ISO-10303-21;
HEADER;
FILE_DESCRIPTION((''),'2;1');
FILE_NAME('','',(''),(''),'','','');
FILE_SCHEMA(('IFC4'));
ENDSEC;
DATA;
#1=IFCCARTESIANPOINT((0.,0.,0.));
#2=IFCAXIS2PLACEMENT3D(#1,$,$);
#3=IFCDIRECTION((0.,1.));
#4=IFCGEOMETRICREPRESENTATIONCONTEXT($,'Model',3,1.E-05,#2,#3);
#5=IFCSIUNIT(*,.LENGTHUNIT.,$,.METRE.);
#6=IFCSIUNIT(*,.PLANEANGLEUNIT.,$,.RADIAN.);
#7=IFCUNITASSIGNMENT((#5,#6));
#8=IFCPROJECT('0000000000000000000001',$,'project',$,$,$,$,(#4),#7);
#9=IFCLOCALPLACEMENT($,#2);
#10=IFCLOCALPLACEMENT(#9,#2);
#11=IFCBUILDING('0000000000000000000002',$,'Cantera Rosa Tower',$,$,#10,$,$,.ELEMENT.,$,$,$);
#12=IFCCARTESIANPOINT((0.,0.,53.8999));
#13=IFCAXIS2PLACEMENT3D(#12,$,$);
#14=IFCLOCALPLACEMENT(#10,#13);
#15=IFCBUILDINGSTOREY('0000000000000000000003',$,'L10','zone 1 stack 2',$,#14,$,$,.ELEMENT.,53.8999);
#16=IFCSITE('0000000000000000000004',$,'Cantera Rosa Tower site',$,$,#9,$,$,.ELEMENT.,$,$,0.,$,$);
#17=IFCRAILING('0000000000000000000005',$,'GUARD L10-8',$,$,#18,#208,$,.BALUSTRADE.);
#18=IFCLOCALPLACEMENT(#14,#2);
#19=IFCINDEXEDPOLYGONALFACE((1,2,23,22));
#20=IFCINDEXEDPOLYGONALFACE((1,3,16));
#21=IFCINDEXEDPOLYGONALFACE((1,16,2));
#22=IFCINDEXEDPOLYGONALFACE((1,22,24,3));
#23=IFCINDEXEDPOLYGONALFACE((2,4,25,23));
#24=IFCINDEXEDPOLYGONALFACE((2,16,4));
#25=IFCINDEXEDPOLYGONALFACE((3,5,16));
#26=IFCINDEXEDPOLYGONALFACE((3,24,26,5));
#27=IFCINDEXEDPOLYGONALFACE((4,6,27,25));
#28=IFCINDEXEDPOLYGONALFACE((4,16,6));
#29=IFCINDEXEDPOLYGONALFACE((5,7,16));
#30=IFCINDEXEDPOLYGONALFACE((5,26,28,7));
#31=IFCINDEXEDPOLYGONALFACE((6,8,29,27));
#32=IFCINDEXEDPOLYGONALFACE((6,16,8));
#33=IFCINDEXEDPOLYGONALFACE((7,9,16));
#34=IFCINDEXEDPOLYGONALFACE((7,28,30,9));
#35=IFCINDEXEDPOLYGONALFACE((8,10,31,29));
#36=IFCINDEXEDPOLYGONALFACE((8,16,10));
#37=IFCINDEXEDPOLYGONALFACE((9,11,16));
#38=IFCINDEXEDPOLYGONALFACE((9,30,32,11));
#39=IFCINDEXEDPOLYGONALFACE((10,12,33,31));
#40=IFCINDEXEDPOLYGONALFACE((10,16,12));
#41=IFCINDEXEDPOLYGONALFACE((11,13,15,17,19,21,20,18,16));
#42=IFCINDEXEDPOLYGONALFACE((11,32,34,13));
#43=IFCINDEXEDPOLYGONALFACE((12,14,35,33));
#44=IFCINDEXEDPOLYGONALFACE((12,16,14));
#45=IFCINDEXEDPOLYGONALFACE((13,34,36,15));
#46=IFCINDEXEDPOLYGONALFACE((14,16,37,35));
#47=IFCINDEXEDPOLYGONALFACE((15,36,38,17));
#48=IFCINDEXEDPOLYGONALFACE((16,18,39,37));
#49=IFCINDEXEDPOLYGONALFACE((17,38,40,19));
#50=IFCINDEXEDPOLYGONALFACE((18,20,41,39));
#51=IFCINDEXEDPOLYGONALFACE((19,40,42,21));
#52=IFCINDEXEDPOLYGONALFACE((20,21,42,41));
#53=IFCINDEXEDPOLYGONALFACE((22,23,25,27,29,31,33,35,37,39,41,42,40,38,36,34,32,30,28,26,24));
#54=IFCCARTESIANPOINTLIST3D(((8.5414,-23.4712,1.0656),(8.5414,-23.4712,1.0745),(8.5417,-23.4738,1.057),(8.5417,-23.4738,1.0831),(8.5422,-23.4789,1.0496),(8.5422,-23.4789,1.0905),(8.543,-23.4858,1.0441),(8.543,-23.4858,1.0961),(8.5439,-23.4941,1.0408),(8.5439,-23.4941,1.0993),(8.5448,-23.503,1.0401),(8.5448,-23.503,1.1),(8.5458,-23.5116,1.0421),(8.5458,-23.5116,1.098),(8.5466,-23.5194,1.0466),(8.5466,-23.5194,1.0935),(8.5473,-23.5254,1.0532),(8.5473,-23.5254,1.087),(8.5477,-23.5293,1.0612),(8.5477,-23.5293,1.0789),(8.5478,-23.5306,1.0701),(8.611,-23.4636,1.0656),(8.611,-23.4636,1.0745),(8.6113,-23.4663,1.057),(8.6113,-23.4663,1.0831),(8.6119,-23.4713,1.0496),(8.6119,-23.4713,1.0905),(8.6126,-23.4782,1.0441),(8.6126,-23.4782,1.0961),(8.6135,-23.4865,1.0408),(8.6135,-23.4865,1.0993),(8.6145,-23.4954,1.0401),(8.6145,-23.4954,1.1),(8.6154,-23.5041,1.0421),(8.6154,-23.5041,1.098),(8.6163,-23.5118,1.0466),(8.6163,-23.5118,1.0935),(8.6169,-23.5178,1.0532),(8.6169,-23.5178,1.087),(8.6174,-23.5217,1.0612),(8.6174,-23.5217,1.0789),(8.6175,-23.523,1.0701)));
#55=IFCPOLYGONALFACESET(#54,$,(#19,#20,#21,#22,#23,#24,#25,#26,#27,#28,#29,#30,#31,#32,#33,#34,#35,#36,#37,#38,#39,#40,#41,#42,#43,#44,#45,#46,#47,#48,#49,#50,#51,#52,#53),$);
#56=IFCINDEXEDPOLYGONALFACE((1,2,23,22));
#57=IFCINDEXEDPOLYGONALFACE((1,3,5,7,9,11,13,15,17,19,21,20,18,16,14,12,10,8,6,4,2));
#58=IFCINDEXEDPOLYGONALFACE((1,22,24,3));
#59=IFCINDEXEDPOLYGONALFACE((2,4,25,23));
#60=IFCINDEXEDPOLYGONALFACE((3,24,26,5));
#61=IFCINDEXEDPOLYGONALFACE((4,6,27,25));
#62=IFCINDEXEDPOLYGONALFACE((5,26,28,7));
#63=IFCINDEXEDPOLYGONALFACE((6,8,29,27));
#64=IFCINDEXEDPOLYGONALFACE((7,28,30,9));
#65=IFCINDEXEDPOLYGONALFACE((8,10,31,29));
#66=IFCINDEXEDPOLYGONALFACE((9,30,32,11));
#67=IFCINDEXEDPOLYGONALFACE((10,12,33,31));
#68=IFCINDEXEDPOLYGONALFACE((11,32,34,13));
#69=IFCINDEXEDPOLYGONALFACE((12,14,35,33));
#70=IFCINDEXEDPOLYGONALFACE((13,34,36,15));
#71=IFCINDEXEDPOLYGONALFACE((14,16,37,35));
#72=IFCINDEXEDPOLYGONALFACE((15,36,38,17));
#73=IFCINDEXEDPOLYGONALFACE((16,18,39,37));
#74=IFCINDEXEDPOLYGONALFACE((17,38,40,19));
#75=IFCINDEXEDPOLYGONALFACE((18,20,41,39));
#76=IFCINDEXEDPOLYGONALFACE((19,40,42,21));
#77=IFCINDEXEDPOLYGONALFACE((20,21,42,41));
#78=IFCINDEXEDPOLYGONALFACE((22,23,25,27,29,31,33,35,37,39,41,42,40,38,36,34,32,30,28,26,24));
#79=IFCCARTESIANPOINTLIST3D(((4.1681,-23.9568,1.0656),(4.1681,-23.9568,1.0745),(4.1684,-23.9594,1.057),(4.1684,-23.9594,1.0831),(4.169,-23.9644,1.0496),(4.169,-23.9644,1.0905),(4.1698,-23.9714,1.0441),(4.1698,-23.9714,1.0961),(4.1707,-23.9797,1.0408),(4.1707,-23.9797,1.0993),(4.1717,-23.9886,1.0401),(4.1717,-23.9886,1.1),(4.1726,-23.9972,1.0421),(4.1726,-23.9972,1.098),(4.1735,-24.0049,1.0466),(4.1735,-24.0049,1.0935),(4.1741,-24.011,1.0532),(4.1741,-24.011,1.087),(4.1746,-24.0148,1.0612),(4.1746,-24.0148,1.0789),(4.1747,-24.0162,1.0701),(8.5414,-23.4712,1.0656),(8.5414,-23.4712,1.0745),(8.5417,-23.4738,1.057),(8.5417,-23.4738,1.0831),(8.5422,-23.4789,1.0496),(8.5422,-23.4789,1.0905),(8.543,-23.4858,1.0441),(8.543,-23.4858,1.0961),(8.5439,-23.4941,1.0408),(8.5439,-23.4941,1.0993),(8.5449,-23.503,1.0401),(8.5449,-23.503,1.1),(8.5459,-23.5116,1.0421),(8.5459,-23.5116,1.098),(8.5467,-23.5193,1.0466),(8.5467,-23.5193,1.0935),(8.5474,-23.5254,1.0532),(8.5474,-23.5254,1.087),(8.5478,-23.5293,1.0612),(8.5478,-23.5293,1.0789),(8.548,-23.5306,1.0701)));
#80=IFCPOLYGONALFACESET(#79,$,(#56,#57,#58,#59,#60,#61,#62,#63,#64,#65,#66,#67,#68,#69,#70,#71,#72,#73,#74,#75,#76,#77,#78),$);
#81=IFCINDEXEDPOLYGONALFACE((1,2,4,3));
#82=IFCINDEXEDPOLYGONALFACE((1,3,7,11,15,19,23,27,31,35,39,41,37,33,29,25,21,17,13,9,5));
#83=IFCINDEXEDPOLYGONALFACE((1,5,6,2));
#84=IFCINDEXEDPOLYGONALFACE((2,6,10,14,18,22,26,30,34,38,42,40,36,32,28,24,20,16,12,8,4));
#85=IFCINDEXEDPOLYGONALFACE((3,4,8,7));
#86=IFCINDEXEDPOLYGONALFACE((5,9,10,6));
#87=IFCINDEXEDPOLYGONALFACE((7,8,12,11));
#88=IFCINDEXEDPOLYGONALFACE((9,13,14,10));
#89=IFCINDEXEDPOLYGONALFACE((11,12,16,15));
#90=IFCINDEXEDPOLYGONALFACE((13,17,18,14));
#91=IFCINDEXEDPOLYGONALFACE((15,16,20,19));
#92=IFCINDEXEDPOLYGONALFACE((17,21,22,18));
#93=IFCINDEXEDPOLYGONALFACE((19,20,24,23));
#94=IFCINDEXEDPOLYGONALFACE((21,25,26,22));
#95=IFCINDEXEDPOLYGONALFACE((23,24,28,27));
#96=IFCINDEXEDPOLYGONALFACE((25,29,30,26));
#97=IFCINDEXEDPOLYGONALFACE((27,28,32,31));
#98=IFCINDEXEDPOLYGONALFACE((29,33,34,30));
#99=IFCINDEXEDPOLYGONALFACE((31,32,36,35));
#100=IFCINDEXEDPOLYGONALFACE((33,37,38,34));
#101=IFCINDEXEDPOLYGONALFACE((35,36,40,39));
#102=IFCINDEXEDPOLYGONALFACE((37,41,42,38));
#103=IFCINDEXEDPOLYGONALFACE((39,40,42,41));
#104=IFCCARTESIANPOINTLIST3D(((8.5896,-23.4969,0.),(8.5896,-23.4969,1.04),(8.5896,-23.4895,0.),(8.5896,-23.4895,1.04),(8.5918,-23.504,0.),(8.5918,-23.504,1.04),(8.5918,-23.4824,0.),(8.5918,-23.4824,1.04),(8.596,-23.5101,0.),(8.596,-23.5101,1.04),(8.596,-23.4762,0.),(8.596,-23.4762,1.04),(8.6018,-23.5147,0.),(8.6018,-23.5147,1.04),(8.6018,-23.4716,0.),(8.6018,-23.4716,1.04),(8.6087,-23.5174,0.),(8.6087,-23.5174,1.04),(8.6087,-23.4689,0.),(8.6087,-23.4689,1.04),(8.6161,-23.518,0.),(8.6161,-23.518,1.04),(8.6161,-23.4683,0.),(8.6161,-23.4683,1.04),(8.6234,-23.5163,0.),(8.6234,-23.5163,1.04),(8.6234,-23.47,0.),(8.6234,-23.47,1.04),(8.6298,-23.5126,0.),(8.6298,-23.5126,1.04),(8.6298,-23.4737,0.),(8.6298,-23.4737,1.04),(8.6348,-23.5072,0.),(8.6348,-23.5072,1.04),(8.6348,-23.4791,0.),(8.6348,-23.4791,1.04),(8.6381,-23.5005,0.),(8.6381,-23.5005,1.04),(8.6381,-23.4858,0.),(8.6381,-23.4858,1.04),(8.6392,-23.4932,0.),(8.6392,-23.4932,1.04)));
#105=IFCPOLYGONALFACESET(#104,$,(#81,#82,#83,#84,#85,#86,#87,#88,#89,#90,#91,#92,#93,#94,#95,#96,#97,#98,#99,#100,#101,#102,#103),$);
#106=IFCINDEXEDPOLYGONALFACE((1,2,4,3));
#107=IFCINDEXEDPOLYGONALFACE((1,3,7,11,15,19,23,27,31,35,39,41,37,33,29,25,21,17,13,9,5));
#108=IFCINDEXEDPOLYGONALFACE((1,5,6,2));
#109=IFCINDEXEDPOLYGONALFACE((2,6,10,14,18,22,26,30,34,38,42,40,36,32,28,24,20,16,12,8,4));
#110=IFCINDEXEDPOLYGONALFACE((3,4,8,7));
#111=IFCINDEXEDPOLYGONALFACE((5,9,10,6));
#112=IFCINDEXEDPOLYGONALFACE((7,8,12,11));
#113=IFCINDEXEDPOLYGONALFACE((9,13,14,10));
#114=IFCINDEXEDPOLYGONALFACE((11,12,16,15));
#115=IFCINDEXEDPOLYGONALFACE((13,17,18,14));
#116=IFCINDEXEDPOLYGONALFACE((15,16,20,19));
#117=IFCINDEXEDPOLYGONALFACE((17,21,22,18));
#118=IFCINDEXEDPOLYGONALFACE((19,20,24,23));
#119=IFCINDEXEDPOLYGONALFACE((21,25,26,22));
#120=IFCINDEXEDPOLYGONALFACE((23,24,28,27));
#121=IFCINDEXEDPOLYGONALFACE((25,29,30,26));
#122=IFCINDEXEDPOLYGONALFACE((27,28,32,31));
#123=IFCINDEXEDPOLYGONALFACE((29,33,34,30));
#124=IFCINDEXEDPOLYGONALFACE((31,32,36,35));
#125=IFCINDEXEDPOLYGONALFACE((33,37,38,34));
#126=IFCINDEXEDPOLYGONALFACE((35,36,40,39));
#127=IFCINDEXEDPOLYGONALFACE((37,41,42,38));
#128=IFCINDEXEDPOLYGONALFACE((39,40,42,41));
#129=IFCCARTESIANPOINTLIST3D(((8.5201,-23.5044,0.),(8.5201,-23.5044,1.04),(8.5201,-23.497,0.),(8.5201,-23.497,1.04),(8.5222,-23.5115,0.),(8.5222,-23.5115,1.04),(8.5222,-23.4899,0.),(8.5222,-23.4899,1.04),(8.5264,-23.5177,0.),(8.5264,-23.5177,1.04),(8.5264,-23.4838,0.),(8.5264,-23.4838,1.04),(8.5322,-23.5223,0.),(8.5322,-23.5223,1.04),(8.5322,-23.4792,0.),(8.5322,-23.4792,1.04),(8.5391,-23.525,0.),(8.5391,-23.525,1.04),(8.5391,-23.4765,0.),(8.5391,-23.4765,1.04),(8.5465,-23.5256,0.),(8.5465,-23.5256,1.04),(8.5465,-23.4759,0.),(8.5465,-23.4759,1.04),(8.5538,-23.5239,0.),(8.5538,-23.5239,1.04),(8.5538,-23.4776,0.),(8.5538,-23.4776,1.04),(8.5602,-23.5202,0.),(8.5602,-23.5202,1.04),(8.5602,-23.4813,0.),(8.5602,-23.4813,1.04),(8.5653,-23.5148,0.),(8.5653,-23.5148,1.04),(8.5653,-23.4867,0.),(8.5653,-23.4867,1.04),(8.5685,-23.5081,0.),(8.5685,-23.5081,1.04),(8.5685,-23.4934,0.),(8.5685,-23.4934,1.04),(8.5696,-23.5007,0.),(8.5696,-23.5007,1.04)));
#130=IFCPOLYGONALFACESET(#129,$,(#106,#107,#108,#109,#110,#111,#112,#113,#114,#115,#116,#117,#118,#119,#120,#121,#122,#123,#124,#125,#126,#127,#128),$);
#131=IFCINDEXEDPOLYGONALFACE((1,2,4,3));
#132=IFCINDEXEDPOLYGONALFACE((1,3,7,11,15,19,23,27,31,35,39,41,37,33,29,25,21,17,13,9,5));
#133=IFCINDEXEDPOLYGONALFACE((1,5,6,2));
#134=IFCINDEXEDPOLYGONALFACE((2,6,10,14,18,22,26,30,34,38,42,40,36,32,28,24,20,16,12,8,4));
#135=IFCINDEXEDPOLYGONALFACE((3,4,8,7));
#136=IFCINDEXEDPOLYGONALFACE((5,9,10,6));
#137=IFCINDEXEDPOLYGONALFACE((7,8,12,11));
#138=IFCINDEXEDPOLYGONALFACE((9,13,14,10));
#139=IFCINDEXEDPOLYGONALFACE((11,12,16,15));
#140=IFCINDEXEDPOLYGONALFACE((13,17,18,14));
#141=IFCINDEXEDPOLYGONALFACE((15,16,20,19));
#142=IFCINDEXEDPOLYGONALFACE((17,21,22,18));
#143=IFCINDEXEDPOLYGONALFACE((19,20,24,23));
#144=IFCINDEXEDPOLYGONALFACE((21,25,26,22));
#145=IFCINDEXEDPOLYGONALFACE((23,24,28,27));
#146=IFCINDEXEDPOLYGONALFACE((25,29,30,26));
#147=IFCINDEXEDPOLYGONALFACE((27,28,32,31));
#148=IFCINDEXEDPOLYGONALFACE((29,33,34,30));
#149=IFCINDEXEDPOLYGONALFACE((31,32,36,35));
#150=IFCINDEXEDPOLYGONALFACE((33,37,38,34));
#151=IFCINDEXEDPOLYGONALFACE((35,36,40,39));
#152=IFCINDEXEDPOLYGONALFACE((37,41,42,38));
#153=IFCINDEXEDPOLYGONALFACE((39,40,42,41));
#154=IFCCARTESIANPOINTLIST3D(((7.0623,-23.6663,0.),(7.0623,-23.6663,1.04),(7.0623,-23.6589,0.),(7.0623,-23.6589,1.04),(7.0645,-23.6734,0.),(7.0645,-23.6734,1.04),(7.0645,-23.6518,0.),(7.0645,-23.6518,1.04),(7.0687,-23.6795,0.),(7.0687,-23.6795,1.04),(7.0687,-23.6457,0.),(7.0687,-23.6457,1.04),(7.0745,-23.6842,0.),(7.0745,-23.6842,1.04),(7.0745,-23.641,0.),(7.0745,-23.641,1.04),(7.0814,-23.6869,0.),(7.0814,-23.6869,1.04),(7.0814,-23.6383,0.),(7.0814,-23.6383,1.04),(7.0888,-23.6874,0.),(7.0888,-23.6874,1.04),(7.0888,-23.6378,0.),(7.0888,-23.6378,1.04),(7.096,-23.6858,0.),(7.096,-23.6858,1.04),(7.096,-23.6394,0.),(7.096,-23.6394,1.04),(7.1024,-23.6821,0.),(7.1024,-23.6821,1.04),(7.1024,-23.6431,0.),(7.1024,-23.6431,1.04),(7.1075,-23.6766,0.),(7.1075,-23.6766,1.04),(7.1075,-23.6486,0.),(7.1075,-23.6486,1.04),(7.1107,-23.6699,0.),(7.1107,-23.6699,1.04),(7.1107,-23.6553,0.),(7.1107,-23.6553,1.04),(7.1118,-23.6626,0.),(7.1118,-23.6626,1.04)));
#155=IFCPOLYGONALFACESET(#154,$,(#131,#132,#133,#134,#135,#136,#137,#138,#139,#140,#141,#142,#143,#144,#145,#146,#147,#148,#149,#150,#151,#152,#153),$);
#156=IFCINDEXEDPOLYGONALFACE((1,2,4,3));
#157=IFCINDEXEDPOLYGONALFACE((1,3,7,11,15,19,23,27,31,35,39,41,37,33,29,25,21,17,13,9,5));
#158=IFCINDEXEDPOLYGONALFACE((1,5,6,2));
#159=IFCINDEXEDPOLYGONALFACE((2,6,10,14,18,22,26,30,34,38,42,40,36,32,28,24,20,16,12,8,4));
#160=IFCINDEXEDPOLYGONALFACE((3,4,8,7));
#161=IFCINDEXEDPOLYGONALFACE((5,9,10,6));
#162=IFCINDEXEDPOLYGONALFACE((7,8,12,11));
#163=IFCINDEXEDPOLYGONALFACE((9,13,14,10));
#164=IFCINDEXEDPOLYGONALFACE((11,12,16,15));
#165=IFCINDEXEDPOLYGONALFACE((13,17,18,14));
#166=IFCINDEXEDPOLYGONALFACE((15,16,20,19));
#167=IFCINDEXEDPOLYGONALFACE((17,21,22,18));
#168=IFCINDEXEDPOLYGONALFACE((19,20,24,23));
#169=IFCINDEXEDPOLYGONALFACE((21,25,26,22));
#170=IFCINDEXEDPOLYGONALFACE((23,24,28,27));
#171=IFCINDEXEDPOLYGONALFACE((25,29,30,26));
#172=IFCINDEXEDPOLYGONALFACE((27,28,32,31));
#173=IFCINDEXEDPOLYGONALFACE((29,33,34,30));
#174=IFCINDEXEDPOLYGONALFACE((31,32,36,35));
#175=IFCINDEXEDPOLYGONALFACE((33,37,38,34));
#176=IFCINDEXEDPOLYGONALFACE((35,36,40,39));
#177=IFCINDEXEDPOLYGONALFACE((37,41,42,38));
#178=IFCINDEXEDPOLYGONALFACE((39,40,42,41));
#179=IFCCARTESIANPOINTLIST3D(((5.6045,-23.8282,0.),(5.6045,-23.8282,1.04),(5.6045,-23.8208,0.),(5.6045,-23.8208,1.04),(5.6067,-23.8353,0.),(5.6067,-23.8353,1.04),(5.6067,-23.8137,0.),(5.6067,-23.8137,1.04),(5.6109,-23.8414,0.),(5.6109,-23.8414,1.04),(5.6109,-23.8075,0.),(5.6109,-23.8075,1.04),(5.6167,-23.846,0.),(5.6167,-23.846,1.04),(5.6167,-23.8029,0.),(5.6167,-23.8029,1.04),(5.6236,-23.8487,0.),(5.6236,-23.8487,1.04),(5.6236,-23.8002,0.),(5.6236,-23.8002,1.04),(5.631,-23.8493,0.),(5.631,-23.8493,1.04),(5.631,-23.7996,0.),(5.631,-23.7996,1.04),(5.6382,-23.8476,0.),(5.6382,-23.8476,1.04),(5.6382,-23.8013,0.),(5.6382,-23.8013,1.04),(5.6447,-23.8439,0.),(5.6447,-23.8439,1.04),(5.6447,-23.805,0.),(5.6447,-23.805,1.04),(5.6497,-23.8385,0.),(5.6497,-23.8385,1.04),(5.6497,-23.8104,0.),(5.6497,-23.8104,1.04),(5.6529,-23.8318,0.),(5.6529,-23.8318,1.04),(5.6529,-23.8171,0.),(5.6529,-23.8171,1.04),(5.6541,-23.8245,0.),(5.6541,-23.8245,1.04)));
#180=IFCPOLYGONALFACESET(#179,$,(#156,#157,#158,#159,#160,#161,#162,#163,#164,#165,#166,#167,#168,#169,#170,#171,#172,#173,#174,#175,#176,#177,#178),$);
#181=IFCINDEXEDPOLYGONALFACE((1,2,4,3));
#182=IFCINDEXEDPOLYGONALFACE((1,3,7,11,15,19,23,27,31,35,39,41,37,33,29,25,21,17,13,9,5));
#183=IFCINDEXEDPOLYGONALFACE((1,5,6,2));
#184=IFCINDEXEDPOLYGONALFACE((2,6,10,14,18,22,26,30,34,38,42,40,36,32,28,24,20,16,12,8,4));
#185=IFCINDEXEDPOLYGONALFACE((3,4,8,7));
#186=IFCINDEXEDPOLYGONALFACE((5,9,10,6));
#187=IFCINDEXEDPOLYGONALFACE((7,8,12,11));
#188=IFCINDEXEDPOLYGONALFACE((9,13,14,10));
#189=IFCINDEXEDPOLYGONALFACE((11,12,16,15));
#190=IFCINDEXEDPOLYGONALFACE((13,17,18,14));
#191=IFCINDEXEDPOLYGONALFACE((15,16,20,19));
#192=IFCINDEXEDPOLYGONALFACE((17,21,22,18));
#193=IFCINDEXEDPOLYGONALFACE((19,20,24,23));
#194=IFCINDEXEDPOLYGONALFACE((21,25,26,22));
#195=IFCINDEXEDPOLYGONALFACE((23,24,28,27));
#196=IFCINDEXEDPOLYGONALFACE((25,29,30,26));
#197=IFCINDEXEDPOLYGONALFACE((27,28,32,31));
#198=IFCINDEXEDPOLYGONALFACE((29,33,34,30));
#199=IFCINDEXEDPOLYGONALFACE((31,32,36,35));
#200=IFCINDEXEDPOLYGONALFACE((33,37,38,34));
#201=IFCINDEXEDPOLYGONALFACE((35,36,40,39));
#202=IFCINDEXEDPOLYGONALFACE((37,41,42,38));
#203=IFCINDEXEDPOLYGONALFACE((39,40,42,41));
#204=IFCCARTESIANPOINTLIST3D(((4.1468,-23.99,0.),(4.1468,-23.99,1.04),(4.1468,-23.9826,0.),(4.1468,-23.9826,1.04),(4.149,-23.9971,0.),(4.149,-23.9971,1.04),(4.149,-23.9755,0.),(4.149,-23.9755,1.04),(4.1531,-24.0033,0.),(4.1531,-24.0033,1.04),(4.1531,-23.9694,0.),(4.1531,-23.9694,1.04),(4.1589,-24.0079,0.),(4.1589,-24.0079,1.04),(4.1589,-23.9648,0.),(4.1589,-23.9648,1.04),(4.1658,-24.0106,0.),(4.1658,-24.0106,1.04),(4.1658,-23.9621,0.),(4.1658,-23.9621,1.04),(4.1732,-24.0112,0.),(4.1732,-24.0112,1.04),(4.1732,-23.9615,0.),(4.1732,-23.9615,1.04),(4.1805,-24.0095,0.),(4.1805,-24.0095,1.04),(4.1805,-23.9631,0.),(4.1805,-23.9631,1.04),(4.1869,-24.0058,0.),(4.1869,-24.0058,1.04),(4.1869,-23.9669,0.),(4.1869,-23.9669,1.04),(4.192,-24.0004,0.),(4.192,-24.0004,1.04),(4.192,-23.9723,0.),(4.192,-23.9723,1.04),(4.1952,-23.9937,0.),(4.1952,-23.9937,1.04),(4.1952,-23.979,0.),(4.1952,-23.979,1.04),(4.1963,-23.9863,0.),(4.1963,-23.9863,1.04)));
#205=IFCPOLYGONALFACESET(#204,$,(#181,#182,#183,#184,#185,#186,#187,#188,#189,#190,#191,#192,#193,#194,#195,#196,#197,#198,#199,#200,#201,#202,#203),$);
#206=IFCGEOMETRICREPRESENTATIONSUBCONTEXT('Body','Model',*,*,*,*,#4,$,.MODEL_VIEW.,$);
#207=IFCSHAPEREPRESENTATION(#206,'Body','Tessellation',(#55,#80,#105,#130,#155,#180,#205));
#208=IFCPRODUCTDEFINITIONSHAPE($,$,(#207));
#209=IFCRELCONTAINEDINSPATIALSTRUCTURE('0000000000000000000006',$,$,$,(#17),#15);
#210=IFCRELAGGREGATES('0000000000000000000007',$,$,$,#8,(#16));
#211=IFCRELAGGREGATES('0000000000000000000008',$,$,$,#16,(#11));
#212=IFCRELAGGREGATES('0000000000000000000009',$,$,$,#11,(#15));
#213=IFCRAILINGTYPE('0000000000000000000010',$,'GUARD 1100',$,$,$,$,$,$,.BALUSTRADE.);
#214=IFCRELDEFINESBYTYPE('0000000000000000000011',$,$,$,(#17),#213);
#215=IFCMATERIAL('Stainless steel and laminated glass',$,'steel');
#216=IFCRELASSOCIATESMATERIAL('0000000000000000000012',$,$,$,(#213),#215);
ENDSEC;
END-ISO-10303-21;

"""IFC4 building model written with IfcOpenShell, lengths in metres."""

from ifc_helpers import new_model, si_unit, direction, frame, origin, origin_2d, place, context, subcontext, project, spatial, circle, extrude, material, type_object, element, save


model = new_model("IFC4")

# Units and contexts
model_context = context("Model", 3, precision=1e-05, world=origin(), true_north=direction((0.0, 1.0)))
body_context = subcontext(model_context, "Body", "Model", "MODEL_VIEW")
ifc_project = project(units=[si_unit("LENGTHUNIT", "METRE"), si_unit("PLANEANGLEUNIT", "RADIAN")], contexts=[model_context])

# Site, building, storey
site_placement = place(None, origin())
site = spatial("IfcSite", under=ifc_project, at=site_placement, Name="Cantera Rosa Tower site", CompositionType="ELEMENT", RefElevation=0.0)
building_placement = place(site_placement, origin())
building = spatial("IfcBuilding", under=site, at=building_placement, Name="Cantera Rosa Tower", CompositionType="ELEMENT")
storey_placement = place(building_placement, frame((0.0, 0.0, 53.8999)))
storey = spatial("IfcBuildingStorey", under=building, at=storey_placement, Name="L10", Description="zone 1 stack 2", CompositionType="ELEMENT", Elevation=53.8999)

# Railing
ifc_material_1 = material(Name="Stainless steel and laminated glass", Category="steel")
railing_type = type_object("IfcRailingType", Name="GUARD 1100", PredefinedType="BALUSTRADE", material=ifc_material_1)
railing_1_placement = place(storey_placement, frame((8.6143, -23.4932, 0.0)))
element("IfcRailing", 1, at=railing_1_placement, inside=storey, type_object=railing_type, Name="GUARD L10-8", PredefinedType="BALUSTRADE", context=body_context, shape_type="SweptSolid", body=[
    extrude(circle(Radius=0.03, at=origin_2d()), frame((0.0, 0.0, 1.0701), z_axis=(-0.994136, -0.108134, 0.0), x_axis=(0.108134, -0.994136, 0.0)), (0.0, 0.0, 1.0), 0.0701),
    extrude(circle(Radius=0.03, at=origin_2d()), frame((-0.0696, -0.0076, 1.0701), z_axis=(-0.993892, -0.110358, 0.0), x_axis=(0.110358, -0.993892, 0.0)), (0.0, 0.0, 1.0), 4.4001),
    extrude(circle(Radius=0.0249, at=origin_2d()), origin(), (0.0, 0.0, 1.0), 1.04),
    extrude(circle(Radius=0.0249, at=origin_2d()), frame((-0.0696, -0.0076, 0.0)), (0.0, 0.0, 1.0), 1.04),
    extrude(circle(Radius=0.0249, at=origin_2d()), frame((-1.5273, -0.1694, 0.0)), (0.0, 0.0, 1.0), 1.04),
    extrude(circle(Radius=0.0249, at=origin_2d()), frame((-2.9851, -0.3313, 0.0)), (0.0, 0.0, 1.0), 1.04),
    extrude(circle(Radius=0.0249, at=origin_2d()), frame((-4.4429, -0.4932, 0.0)), (0.0, 0.0, 1.0), 1.04),
])

save(model, "model.ifc")
